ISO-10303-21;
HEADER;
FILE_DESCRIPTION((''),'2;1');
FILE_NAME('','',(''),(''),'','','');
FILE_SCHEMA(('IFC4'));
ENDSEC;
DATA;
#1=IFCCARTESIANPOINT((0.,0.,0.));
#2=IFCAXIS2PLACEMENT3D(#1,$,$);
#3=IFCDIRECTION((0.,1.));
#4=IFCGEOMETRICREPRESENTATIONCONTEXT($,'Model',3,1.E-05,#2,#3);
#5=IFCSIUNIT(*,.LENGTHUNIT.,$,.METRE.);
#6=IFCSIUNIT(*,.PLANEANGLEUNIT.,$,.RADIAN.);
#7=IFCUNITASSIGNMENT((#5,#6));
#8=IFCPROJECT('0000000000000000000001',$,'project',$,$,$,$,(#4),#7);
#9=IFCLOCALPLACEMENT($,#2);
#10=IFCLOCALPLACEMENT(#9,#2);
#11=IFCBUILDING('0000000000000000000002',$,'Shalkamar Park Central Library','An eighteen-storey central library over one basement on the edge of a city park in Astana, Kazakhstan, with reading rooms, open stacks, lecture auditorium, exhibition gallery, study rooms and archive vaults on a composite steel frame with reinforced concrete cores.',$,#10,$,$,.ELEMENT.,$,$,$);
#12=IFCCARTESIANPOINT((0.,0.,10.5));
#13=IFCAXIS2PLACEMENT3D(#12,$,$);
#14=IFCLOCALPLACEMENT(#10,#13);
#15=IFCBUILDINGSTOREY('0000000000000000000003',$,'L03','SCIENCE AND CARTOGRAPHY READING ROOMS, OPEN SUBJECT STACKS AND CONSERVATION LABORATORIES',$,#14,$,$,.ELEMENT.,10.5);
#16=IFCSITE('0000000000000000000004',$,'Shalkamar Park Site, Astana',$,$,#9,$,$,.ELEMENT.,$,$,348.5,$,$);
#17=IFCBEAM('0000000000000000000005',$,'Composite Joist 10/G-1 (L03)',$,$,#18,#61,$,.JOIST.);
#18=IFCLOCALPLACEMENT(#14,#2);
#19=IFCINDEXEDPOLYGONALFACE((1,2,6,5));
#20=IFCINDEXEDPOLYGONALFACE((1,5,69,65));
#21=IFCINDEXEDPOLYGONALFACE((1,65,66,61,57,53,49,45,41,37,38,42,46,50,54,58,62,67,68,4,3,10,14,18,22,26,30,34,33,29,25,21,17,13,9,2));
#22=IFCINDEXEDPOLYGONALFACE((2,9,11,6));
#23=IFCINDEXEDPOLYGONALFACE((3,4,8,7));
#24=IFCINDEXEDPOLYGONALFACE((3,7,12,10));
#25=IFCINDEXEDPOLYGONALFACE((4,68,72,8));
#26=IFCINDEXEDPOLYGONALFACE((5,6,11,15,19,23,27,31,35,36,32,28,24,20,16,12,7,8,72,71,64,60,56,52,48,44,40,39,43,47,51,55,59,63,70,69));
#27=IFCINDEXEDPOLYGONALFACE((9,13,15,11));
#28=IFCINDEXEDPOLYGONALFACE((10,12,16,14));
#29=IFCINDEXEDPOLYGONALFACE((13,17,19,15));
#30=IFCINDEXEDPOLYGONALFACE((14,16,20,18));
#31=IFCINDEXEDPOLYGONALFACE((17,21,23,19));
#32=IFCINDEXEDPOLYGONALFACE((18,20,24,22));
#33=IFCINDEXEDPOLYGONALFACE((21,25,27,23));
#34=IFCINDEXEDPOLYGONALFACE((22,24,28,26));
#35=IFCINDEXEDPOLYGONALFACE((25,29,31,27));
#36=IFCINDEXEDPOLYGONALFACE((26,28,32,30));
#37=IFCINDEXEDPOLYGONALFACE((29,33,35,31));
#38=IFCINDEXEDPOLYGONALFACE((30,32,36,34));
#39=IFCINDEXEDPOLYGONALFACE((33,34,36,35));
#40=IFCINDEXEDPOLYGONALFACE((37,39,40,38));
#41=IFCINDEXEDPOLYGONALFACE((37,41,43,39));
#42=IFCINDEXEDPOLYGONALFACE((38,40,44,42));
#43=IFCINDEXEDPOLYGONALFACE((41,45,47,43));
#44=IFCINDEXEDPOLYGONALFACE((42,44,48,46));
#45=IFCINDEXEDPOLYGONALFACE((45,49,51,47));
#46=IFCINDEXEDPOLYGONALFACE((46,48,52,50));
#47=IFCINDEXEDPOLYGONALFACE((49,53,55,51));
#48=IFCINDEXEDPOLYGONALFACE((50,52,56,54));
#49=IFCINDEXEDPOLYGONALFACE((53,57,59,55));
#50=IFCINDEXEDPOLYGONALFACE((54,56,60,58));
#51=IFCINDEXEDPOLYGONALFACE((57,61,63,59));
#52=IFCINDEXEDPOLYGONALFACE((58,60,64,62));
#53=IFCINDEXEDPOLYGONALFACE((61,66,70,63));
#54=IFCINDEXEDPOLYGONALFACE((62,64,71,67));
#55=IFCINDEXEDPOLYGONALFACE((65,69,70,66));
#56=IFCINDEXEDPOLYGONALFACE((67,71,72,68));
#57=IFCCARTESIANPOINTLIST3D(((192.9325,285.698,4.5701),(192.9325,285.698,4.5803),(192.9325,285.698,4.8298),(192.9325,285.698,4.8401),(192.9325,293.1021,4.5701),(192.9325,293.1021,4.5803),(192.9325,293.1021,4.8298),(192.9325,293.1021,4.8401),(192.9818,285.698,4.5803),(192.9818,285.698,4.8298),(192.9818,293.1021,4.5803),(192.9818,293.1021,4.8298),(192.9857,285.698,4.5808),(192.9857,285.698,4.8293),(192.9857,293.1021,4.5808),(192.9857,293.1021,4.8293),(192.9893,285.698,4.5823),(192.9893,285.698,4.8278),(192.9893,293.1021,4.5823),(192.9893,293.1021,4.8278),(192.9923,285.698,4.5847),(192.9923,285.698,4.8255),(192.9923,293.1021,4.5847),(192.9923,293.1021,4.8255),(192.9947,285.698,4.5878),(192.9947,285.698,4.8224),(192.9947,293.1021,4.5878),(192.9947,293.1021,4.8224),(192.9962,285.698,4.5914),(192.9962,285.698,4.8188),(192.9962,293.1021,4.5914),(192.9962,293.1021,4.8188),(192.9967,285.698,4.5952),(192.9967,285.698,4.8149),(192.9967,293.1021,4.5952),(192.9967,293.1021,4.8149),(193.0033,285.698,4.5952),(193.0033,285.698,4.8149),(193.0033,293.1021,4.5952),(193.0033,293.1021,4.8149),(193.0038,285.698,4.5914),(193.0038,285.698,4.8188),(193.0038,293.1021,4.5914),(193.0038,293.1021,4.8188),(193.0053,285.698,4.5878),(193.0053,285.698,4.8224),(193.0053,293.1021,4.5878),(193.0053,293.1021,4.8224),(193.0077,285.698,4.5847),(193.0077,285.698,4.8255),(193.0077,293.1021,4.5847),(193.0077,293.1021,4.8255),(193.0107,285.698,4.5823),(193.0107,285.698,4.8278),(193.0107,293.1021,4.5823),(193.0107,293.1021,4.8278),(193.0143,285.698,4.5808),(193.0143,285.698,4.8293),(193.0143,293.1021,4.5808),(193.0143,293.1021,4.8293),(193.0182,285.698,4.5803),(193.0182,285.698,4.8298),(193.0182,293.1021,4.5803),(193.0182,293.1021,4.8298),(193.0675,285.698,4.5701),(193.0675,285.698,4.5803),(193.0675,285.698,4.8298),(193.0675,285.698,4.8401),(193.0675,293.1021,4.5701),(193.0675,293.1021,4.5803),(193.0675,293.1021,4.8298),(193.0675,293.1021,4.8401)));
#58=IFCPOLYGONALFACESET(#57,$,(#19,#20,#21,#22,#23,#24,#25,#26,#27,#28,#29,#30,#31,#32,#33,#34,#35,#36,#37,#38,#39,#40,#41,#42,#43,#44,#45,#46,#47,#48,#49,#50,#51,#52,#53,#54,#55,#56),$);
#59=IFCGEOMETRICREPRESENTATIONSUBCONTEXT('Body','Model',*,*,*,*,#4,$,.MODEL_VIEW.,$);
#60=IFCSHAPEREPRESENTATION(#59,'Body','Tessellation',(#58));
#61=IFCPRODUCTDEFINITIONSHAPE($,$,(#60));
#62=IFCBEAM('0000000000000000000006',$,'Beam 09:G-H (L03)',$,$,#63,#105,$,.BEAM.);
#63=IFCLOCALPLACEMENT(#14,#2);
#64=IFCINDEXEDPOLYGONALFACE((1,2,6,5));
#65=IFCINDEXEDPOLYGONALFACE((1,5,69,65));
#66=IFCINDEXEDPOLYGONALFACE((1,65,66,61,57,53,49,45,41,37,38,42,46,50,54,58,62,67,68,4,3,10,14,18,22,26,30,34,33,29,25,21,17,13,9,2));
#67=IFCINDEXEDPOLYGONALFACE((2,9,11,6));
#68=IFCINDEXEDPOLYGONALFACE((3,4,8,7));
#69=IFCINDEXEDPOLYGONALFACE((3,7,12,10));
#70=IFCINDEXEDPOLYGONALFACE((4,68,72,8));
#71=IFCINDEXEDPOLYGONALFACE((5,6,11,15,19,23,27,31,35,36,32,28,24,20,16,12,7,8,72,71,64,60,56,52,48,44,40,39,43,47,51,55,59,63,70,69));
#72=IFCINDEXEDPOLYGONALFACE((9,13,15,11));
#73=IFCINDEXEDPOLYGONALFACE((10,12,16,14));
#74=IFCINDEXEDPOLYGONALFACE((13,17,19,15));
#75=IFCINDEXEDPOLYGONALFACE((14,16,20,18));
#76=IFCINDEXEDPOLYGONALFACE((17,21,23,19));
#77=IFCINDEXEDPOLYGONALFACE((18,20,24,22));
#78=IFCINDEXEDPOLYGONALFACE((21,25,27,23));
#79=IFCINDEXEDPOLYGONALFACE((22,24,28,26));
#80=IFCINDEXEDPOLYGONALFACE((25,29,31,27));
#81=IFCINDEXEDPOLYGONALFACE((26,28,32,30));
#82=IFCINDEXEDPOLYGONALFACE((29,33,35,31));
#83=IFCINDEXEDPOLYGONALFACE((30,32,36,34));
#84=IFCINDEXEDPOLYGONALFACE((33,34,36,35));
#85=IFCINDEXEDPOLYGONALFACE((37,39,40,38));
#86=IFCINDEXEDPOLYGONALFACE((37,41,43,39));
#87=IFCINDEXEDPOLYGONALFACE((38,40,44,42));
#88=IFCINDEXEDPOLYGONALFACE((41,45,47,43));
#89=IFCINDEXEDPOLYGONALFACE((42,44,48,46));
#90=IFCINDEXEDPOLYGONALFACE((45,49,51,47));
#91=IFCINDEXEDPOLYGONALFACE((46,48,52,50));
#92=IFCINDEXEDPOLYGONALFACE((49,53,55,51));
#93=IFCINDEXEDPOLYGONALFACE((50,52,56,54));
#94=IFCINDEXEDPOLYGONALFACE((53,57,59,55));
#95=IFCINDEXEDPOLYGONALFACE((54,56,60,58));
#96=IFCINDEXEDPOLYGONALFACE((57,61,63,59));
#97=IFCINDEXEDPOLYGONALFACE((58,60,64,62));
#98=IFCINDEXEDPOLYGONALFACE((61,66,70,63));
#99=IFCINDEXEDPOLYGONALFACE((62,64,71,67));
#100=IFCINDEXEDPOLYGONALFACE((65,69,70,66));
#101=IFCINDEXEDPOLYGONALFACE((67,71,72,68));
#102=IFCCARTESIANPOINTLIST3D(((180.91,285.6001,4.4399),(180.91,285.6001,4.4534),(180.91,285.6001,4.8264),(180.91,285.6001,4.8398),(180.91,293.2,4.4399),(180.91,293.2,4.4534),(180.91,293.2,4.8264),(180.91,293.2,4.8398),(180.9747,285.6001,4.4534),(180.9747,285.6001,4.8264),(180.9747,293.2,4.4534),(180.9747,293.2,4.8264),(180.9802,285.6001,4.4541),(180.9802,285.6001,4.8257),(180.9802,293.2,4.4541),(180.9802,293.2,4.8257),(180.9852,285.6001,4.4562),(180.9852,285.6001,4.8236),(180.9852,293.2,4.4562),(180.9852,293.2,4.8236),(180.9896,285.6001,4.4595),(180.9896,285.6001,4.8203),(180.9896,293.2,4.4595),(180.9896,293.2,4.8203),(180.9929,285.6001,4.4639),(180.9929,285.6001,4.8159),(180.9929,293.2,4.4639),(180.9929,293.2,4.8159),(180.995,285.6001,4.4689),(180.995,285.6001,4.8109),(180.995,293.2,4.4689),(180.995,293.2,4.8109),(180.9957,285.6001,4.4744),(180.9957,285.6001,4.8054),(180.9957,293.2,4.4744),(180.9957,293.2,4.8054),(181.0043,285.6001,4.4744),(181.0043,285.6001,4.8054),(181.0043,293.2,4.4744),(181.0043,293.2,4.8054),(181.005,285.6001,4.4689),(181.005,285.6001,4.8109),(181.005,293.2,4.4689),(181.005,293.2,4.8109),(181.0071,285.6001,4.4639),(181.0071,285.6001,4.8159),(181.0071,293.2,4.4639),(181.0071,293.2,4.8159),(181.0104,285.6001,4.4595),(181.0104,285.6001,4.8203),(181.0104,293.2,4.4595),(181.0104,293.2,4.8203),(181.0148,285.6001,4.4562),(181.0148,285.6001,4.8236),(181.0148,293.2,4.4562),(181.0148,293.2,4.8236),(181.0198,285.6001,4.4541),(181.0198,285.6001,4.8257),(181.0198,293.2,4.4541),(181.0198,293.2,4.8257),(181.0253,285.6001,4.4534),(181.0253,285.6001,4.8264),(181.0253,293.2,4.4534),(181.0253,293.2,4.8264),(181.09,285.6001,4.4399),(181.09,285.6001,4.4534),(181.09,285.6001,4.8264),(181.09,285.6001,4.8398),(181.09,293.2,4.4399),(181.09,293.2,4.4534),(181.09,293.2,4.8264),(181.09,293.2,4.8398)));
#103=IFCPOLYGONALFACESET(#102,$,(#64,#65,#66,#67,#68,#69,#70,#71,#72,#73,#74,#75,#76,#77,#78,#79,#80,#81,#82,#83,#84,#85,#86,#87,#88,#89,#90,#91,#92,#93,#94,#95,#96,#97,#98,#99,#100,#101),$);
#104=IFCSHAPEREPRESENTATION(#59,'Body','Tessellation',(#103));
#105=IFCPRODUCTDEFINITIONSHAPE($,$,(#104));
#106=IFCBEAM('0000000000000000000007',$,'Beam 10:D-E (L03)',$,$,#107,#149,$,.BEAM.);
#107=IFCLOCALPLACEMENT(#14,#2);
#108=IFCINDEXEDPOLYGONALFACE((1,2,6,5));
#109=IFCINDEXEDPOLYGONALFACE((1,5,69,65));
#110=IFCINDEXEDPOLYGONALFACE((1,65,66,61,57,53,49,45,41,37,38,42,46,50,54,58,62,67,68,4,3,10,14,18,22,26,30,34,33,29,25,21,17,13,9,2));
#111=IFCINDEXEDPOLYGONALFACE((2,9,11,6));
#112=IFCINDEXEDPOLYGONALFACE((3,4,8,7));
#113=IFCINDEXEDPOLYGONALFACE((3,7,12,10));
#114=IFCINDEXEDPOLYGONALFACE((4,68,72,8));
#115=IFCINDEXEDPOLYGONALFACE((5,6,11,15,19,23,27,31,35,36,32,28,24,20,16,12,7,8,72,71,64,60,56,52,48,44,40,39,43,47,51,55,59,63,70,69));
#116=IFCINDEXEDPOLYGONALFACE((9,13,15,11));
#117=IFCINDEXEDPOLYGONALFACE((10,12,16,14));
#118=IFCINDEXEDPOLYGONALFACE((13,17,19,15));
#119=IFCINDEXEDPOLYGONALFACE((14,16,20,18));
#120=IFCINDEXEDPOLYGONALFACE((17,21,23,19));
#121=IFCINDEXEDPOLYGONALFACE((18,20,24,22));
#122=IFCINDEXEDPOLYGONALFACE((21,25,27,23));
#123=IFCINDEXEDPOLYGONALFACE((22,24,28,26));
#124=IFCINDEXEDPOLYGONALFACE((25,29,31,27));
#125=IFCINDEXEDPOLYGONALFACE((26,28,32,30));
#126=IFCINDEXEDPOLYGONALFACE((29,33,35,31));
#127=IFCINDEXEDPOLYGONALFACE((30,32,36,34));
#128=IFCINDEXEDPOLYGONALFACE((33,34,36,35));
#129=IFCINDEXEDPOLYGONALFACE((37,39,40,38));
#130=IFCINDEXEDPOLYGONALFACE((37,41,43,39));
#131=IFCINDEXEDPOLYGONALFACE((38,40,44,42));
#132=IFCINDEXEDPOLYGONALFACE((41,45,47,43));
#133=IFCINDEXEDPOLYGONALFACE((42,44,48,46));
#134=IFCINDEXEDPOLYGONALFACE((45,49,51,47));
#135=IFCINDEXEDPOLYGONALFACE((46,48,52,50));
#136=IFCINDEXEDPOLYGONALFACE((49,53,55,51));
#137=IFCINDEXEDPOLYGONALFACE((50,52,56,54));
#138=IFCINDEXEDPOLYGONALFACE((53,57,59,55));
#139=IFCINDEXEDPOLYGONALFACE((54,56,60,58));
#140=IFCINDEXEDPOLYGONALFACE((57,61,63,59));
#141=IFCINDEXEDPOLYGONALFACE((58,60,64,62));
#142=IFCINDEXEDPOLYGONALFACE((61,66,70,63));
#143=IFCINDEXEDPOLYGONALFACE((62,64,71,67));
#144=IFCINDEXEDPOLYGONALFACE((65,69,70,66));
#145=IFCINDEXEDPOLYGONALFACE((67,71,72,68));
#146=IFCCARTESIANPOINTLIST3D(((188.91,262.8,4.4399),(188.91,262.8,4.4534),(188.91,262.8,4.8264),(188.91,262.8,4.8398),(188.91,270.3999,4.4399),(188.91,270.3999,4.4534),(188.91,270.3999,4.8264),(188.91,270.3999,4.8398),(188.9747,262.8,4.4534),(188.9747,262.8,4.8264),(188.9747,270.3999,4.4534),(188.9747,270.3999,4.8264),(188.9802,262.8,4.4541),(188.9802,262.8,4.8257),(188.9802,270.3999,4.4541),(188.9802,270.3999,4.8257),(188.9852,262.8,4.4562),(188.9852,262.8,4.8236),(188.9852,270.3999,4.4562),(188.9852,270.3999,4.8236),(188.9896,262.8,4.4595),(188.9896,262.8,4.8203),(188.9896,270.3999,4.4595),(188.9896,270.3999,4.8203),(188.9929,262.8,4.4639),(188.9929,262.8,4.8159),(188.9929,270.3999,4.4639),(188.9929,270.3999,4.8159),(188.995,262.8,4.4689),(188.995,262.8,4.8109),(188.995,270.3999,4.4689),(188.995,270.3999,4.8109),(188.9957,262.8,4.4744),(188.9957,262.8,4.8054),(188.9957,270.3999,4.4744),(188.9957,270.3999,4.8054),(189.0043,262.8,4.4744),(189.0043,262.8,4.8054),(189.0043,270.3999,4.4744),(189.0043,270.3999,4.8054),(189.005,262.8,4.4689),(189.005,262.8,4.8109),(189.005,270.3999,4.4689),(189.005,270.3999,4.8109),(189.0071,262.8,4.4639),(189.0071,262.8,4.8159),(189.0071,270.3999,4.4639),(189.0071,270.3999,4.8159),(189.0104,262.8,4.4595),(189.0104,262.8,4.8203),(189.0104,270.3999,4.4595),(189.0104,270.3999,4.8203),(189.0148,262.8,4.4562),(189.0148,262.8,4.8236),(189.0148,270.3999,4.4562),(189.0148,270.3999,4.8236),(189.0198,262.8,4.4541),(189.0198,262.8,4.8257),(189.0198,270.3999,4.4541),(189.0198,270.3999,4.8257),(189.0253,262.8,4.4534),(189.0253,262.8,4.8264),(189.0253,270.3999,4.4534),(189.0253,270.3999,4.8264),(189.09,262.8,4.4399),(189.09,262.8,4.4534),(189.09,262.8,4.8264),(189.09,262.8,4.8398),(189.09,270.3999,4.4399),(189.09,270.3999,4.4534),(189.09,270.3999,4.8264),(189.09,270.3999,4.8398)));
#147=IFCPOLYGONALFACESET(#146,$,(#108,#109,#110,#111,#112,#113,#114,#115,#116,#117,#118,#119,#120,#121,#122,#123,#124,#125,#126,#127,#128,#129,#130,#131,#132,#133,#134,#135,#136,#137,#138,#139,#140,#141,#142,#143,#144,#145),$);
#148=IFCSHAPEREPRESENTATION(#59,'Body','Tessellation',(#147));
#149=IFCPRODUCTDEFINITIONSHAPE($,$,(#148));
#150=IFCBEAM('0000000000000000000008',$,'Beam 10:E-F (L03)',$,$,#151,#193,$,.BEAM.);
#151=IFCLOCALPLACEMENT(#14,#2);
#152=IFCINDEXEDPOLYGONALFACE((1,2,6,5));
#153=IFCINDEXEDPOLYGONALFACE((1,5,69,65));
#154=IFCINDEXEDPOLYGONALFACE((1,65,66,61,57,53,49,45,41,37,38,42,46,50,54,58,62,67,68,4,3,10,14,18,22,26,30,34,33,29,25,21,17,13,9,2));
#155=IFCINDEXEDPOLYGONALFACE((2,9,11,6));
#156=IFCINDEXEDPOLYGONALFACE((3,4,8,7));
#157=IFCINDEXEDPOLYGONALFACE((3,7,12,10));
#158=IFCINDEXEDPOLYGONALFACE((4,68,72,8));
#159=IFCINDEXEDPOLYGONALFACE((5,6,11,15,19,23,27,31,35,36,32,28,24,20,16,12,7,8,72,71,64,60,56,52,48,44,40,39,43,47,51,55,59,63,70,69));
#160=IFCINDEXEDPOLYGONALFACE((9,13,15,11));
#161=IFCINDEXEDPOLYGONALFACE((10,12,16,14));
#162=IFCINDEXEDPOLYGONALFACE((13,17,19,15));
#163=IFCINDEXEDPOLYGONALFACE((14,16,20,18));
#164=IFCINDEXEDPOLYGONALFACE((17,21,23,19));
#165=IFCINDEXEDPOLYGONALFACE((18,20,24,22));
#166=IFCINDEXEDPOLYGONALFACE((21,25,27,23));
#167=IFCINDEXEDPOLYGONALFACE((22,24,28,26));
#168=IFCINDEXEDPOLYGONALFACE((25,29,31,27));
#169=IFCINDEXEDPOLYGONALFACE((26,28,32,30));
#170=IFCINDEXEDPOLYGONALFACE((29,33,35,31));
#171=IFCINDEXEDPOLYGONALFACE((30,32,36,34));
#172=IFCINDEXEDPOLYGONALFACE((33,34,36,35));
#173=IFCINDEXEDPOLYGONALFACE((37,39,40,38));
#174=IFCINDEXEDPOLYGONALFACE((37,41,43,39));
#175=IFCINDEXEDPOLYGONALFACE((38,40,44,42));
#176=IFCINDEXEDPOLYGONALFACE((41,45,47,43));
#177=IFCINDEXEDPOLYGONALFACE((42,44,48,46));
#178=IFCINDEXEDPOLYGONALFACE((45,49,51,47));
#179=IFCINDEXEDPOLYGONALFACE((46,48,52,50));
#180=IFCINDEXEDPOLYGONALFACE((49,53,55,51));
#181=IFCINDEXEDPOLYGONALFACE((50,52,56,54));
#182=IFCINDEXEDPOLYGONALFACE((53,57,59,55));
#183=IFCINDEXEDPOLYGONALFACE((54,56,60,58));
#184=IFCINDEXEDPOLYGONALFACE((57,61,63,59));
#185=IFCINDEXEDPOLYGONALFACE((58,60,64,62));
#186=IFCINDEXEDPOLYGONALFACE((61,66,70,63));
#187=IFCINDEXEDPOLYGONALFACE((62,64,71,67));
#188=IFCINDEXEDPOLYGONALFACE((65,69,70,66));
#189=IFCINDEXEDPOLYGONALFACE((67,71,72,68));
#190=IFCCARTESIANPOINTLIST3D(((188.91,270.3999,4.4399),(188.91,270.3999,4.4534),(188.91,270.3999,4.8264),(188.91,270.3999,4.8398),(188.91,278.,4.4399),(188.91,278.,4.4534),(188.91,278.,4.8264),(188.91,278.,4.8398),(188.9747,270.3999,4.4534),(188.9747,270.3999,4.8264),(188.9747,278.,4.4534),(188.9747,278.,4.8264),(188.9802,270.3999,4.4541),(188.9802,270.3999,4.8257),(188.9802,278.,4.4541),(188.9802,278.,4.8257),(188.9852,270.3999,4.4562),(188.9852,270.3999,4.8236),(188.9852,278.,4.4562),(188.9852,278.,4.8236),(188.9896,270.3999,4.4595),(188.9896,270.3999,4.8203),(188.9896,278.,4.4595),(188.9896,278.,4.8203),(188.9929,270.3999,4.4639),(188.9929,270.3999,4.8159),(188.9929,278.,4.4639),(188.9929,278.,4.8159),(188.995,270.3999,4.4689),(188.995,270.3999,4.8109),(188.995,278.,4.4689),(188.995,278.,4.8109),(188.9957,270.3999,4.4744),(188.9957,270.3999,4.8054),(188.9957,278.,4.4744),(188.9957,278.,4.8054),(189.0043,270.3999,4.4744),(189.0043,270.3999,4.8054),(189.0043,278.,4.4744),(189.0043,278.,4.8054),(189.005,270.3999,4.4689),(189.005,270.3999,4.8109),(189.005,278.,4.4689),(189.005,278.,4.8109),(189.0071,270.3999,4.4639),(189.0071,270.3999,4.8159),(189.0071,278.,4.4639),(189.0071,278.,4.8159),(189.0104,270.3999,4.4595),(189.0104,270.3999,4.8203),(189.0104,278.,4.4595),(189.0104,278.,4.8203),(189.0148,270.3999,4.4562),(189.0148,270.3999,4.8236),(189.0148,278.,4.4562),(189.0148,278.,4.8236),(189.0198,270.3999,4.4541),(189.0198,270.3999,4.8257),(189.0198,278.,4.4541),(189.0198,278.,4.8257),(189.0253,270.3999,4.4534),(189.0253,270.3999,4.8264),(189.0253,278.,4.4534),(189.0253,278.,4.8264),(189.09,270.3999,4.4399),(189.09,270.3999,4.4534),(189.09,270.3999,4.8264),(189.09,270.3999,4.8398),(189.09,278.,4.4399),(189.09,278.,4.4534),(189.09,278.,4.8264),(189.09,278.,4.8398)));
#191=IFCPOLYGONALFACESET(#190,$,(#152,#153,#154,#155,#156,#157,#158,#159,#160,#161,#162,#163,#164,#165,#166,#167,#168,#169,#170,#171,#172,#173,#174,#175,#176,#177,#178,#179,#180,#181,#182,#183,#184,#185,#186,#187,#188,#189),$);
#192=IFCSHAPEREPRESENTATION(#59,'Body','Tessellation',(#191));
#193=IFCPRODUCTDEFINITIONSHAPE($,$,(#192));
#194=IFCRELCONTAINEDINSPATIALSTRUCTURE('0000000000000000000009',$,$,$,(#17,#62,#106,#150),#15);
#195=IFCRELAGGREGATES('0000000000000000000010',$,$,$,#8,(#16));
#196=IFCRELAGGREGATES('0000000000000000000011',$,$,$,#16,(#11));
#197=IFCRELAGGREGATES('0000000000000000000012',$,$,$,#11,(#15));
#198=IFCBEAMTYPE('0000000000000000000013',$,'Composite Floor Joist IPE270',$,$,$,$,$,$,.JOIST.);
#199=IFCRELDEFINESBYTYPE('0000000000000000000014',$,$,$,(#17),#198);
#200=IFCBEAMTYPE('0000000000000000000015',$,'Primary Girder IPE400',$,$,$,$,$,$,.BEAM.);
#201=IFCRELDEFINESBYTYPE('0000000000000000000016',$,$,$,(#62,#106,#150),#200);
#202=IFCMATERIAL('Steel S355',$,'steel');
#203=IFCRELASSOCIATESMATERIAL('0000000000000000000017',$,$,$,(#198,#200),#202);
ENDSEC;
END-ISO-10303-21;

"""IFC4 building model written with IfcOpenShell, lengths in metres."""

from ifc_helpers import new_model, si_unit, direction, frame, origin, origin_2d, place, context, subcontext, project, spatial, i_section, extrude, material, material_profile, profile_set, type_object, element, save


model = new_model("IFC4")

# Units and contexts
model_context = context("Model", 3, precision=1e-05, world=origin(), true_north=direction((0.0, 1.0)))
body_context = subcontext(model_context, "Body", "Model", "MODEL_VIEW")
ifc_project = project(units=[si_unit("LENGTHUNIT", "METRE"), si_unit("PLANEANGLEUNIT", "RADIAN")], contexts=[model_context])

# Site, building, storey
site_placement = place(None, origin())
site = spatial("IfcSite", under=ifc_project, at=site_placement, Name="Shalkamar Park Site, Astana", CompositionType="ELEMENT", RefElevation=348.5)
building_placement = place(site_placement, origin())
building = spatial("IfcBuilding", under=site, at=building_placement, Name="Shalkamar Park Central Library", Description="An eighteen-storey central library over one basement on the edge of a city park in Astana, Kazakhstan, with reading rooms, open stacks, lecture auditorium, exhibition gallery, study rooms and archive vaults on a composite steel frame with reinforced concrete cores.", CompositionType="ELEMENT")
storey_placement = place(building_placement, frame((0.0, 0.0, 10.5)))
storey = spatial("IfcBuildingStorey", under=building, at=storey_placement, Name="L03", Description="SCIENCE AND CARTOGRAPHY READING ROOMS, OPEN SUBJECT STACKS AND CONSERVATION LABORATORIES", CompositionType="ELEMENT", Elevation=10.5)

# Shared definitions
ifc_material = material(Name="Steel S355", Category="steel")

# Beams
ifc_material_profile_1 = material_profile(ifc_material, i_section(OverallWidth=0.135, OverallDepth=0.27, WebThickness=0.0066, FlangeThickness=0.0103, FilletRadius=0.0149, at=origin_2d()), Name="IPE 270")
ifc_profile_set_1 = profile_set([ifc_material_profile_1], Name="Steel S355")
beam_type_1 = type_object("IfcBeamType", Name="Composite Floor Joist IPE270", PredefinedType="JOIST", material=ifc_profile_set_1)
for number, where, z_axis, x_axis, name in (
    (1, (193.0, 285.698, 4.7051), (0.0, 1.0, 0.0), (-1.0, 0.0, 0.0), "Composite Joist 10/G-1 (L03)"),
):
    element("IfcBeam", number, at=place(storey_placement, frame(where, z_axis=z_axis, x_axis=x_axis)), inside=storey, type_object=beam_type_1, Name=name, PredefinedType="JOIST", context=body_context, shape_type="SweptSolid", body=[
        extrude(i_section(OverallWidth=0.135, OverallDepth=0.27, WebThickness=0.0066, FlangeThickness=0.0103, FilletRadius=0.0149, at=origin_2d()), origin(), (0.0, 0.0, 1.0), 7.4041),
    ])
ifc_material_profile_2 = material_profile(ifc_material, i_section(OverallWidth=0.1799, OverallDepth=0.3999, WebThickness=0.0085, FlangeThickness=0.0134, FilletRadius=0.021, at=origin_2d()), Name="IPE 400")
ifc_profile_set_2 = profile_set([ifc_material_profile_2], Name="Steel S355")
beam_type_2 = type_object("IfcBeamType", Name="Primary Girder IPE400", PredefinedType="BEAM", material=ifc_profile_set_2)
for number, where, z_axis, x_axis, name in (
    (2, (181.0, 285.6001, 4.6399), (0.0, 1.0, 0.0), (-1.0, 0.0, 0.0), "Beam 09:G-H (L03)"),
    (3, (189.0, 262.8, 4.6399), (0.0, 1.0, 0.0), (-1.0, 0.0, 0.0), "Beam 10:D-E (L03)"),
):
    element("IfcBeam", number, at=place(storey_placement, frame(where, z_axis=z_axis, x_axis=x_axis)), inside=storey, type_object=beam_type_2, Name=name, PredefinedType="BEAM", context=body_context, shape_type="SweptSolid", body=[
        extrude(i_section(OverallWidth=0.1799, OverallDepth=0.3999, WebThickness=0.0085, FlangeThickness=0.0134, FilletRadius=0.021, at=origin_2d()), origin(), (0.0, 0.0, 1.0), 7.5999),
    ])
for number, where, z_axis, x_axis, name in (
    (4, (189.0, 270.3999, 4.6399), (0.0, 1.0, 0.0), (-1.0, 0.0, 0.0), "Beam 10:E-F (L03)"),
):
    element("IfcBeam", number, at=place(storey_placement, frame(where, z_axis=z_axis, x_axis=x_axis)), inside=storey, type_object=beam_type_2, Name=name, PredefinedType="BEAM", context=body_context, shape_type="SweptSolid", body=[
        extrude(i_section(OverallWidth=0.1799, OverallDepth=0.3999, WebThickness=0.0085, FlangeThickness=0.0134, FilletRadius=0.021, at=origin_2d()), origin(), (0.0, 0.0, 1.0), 7.6001),
    ])

save(model, "model.ifc")
